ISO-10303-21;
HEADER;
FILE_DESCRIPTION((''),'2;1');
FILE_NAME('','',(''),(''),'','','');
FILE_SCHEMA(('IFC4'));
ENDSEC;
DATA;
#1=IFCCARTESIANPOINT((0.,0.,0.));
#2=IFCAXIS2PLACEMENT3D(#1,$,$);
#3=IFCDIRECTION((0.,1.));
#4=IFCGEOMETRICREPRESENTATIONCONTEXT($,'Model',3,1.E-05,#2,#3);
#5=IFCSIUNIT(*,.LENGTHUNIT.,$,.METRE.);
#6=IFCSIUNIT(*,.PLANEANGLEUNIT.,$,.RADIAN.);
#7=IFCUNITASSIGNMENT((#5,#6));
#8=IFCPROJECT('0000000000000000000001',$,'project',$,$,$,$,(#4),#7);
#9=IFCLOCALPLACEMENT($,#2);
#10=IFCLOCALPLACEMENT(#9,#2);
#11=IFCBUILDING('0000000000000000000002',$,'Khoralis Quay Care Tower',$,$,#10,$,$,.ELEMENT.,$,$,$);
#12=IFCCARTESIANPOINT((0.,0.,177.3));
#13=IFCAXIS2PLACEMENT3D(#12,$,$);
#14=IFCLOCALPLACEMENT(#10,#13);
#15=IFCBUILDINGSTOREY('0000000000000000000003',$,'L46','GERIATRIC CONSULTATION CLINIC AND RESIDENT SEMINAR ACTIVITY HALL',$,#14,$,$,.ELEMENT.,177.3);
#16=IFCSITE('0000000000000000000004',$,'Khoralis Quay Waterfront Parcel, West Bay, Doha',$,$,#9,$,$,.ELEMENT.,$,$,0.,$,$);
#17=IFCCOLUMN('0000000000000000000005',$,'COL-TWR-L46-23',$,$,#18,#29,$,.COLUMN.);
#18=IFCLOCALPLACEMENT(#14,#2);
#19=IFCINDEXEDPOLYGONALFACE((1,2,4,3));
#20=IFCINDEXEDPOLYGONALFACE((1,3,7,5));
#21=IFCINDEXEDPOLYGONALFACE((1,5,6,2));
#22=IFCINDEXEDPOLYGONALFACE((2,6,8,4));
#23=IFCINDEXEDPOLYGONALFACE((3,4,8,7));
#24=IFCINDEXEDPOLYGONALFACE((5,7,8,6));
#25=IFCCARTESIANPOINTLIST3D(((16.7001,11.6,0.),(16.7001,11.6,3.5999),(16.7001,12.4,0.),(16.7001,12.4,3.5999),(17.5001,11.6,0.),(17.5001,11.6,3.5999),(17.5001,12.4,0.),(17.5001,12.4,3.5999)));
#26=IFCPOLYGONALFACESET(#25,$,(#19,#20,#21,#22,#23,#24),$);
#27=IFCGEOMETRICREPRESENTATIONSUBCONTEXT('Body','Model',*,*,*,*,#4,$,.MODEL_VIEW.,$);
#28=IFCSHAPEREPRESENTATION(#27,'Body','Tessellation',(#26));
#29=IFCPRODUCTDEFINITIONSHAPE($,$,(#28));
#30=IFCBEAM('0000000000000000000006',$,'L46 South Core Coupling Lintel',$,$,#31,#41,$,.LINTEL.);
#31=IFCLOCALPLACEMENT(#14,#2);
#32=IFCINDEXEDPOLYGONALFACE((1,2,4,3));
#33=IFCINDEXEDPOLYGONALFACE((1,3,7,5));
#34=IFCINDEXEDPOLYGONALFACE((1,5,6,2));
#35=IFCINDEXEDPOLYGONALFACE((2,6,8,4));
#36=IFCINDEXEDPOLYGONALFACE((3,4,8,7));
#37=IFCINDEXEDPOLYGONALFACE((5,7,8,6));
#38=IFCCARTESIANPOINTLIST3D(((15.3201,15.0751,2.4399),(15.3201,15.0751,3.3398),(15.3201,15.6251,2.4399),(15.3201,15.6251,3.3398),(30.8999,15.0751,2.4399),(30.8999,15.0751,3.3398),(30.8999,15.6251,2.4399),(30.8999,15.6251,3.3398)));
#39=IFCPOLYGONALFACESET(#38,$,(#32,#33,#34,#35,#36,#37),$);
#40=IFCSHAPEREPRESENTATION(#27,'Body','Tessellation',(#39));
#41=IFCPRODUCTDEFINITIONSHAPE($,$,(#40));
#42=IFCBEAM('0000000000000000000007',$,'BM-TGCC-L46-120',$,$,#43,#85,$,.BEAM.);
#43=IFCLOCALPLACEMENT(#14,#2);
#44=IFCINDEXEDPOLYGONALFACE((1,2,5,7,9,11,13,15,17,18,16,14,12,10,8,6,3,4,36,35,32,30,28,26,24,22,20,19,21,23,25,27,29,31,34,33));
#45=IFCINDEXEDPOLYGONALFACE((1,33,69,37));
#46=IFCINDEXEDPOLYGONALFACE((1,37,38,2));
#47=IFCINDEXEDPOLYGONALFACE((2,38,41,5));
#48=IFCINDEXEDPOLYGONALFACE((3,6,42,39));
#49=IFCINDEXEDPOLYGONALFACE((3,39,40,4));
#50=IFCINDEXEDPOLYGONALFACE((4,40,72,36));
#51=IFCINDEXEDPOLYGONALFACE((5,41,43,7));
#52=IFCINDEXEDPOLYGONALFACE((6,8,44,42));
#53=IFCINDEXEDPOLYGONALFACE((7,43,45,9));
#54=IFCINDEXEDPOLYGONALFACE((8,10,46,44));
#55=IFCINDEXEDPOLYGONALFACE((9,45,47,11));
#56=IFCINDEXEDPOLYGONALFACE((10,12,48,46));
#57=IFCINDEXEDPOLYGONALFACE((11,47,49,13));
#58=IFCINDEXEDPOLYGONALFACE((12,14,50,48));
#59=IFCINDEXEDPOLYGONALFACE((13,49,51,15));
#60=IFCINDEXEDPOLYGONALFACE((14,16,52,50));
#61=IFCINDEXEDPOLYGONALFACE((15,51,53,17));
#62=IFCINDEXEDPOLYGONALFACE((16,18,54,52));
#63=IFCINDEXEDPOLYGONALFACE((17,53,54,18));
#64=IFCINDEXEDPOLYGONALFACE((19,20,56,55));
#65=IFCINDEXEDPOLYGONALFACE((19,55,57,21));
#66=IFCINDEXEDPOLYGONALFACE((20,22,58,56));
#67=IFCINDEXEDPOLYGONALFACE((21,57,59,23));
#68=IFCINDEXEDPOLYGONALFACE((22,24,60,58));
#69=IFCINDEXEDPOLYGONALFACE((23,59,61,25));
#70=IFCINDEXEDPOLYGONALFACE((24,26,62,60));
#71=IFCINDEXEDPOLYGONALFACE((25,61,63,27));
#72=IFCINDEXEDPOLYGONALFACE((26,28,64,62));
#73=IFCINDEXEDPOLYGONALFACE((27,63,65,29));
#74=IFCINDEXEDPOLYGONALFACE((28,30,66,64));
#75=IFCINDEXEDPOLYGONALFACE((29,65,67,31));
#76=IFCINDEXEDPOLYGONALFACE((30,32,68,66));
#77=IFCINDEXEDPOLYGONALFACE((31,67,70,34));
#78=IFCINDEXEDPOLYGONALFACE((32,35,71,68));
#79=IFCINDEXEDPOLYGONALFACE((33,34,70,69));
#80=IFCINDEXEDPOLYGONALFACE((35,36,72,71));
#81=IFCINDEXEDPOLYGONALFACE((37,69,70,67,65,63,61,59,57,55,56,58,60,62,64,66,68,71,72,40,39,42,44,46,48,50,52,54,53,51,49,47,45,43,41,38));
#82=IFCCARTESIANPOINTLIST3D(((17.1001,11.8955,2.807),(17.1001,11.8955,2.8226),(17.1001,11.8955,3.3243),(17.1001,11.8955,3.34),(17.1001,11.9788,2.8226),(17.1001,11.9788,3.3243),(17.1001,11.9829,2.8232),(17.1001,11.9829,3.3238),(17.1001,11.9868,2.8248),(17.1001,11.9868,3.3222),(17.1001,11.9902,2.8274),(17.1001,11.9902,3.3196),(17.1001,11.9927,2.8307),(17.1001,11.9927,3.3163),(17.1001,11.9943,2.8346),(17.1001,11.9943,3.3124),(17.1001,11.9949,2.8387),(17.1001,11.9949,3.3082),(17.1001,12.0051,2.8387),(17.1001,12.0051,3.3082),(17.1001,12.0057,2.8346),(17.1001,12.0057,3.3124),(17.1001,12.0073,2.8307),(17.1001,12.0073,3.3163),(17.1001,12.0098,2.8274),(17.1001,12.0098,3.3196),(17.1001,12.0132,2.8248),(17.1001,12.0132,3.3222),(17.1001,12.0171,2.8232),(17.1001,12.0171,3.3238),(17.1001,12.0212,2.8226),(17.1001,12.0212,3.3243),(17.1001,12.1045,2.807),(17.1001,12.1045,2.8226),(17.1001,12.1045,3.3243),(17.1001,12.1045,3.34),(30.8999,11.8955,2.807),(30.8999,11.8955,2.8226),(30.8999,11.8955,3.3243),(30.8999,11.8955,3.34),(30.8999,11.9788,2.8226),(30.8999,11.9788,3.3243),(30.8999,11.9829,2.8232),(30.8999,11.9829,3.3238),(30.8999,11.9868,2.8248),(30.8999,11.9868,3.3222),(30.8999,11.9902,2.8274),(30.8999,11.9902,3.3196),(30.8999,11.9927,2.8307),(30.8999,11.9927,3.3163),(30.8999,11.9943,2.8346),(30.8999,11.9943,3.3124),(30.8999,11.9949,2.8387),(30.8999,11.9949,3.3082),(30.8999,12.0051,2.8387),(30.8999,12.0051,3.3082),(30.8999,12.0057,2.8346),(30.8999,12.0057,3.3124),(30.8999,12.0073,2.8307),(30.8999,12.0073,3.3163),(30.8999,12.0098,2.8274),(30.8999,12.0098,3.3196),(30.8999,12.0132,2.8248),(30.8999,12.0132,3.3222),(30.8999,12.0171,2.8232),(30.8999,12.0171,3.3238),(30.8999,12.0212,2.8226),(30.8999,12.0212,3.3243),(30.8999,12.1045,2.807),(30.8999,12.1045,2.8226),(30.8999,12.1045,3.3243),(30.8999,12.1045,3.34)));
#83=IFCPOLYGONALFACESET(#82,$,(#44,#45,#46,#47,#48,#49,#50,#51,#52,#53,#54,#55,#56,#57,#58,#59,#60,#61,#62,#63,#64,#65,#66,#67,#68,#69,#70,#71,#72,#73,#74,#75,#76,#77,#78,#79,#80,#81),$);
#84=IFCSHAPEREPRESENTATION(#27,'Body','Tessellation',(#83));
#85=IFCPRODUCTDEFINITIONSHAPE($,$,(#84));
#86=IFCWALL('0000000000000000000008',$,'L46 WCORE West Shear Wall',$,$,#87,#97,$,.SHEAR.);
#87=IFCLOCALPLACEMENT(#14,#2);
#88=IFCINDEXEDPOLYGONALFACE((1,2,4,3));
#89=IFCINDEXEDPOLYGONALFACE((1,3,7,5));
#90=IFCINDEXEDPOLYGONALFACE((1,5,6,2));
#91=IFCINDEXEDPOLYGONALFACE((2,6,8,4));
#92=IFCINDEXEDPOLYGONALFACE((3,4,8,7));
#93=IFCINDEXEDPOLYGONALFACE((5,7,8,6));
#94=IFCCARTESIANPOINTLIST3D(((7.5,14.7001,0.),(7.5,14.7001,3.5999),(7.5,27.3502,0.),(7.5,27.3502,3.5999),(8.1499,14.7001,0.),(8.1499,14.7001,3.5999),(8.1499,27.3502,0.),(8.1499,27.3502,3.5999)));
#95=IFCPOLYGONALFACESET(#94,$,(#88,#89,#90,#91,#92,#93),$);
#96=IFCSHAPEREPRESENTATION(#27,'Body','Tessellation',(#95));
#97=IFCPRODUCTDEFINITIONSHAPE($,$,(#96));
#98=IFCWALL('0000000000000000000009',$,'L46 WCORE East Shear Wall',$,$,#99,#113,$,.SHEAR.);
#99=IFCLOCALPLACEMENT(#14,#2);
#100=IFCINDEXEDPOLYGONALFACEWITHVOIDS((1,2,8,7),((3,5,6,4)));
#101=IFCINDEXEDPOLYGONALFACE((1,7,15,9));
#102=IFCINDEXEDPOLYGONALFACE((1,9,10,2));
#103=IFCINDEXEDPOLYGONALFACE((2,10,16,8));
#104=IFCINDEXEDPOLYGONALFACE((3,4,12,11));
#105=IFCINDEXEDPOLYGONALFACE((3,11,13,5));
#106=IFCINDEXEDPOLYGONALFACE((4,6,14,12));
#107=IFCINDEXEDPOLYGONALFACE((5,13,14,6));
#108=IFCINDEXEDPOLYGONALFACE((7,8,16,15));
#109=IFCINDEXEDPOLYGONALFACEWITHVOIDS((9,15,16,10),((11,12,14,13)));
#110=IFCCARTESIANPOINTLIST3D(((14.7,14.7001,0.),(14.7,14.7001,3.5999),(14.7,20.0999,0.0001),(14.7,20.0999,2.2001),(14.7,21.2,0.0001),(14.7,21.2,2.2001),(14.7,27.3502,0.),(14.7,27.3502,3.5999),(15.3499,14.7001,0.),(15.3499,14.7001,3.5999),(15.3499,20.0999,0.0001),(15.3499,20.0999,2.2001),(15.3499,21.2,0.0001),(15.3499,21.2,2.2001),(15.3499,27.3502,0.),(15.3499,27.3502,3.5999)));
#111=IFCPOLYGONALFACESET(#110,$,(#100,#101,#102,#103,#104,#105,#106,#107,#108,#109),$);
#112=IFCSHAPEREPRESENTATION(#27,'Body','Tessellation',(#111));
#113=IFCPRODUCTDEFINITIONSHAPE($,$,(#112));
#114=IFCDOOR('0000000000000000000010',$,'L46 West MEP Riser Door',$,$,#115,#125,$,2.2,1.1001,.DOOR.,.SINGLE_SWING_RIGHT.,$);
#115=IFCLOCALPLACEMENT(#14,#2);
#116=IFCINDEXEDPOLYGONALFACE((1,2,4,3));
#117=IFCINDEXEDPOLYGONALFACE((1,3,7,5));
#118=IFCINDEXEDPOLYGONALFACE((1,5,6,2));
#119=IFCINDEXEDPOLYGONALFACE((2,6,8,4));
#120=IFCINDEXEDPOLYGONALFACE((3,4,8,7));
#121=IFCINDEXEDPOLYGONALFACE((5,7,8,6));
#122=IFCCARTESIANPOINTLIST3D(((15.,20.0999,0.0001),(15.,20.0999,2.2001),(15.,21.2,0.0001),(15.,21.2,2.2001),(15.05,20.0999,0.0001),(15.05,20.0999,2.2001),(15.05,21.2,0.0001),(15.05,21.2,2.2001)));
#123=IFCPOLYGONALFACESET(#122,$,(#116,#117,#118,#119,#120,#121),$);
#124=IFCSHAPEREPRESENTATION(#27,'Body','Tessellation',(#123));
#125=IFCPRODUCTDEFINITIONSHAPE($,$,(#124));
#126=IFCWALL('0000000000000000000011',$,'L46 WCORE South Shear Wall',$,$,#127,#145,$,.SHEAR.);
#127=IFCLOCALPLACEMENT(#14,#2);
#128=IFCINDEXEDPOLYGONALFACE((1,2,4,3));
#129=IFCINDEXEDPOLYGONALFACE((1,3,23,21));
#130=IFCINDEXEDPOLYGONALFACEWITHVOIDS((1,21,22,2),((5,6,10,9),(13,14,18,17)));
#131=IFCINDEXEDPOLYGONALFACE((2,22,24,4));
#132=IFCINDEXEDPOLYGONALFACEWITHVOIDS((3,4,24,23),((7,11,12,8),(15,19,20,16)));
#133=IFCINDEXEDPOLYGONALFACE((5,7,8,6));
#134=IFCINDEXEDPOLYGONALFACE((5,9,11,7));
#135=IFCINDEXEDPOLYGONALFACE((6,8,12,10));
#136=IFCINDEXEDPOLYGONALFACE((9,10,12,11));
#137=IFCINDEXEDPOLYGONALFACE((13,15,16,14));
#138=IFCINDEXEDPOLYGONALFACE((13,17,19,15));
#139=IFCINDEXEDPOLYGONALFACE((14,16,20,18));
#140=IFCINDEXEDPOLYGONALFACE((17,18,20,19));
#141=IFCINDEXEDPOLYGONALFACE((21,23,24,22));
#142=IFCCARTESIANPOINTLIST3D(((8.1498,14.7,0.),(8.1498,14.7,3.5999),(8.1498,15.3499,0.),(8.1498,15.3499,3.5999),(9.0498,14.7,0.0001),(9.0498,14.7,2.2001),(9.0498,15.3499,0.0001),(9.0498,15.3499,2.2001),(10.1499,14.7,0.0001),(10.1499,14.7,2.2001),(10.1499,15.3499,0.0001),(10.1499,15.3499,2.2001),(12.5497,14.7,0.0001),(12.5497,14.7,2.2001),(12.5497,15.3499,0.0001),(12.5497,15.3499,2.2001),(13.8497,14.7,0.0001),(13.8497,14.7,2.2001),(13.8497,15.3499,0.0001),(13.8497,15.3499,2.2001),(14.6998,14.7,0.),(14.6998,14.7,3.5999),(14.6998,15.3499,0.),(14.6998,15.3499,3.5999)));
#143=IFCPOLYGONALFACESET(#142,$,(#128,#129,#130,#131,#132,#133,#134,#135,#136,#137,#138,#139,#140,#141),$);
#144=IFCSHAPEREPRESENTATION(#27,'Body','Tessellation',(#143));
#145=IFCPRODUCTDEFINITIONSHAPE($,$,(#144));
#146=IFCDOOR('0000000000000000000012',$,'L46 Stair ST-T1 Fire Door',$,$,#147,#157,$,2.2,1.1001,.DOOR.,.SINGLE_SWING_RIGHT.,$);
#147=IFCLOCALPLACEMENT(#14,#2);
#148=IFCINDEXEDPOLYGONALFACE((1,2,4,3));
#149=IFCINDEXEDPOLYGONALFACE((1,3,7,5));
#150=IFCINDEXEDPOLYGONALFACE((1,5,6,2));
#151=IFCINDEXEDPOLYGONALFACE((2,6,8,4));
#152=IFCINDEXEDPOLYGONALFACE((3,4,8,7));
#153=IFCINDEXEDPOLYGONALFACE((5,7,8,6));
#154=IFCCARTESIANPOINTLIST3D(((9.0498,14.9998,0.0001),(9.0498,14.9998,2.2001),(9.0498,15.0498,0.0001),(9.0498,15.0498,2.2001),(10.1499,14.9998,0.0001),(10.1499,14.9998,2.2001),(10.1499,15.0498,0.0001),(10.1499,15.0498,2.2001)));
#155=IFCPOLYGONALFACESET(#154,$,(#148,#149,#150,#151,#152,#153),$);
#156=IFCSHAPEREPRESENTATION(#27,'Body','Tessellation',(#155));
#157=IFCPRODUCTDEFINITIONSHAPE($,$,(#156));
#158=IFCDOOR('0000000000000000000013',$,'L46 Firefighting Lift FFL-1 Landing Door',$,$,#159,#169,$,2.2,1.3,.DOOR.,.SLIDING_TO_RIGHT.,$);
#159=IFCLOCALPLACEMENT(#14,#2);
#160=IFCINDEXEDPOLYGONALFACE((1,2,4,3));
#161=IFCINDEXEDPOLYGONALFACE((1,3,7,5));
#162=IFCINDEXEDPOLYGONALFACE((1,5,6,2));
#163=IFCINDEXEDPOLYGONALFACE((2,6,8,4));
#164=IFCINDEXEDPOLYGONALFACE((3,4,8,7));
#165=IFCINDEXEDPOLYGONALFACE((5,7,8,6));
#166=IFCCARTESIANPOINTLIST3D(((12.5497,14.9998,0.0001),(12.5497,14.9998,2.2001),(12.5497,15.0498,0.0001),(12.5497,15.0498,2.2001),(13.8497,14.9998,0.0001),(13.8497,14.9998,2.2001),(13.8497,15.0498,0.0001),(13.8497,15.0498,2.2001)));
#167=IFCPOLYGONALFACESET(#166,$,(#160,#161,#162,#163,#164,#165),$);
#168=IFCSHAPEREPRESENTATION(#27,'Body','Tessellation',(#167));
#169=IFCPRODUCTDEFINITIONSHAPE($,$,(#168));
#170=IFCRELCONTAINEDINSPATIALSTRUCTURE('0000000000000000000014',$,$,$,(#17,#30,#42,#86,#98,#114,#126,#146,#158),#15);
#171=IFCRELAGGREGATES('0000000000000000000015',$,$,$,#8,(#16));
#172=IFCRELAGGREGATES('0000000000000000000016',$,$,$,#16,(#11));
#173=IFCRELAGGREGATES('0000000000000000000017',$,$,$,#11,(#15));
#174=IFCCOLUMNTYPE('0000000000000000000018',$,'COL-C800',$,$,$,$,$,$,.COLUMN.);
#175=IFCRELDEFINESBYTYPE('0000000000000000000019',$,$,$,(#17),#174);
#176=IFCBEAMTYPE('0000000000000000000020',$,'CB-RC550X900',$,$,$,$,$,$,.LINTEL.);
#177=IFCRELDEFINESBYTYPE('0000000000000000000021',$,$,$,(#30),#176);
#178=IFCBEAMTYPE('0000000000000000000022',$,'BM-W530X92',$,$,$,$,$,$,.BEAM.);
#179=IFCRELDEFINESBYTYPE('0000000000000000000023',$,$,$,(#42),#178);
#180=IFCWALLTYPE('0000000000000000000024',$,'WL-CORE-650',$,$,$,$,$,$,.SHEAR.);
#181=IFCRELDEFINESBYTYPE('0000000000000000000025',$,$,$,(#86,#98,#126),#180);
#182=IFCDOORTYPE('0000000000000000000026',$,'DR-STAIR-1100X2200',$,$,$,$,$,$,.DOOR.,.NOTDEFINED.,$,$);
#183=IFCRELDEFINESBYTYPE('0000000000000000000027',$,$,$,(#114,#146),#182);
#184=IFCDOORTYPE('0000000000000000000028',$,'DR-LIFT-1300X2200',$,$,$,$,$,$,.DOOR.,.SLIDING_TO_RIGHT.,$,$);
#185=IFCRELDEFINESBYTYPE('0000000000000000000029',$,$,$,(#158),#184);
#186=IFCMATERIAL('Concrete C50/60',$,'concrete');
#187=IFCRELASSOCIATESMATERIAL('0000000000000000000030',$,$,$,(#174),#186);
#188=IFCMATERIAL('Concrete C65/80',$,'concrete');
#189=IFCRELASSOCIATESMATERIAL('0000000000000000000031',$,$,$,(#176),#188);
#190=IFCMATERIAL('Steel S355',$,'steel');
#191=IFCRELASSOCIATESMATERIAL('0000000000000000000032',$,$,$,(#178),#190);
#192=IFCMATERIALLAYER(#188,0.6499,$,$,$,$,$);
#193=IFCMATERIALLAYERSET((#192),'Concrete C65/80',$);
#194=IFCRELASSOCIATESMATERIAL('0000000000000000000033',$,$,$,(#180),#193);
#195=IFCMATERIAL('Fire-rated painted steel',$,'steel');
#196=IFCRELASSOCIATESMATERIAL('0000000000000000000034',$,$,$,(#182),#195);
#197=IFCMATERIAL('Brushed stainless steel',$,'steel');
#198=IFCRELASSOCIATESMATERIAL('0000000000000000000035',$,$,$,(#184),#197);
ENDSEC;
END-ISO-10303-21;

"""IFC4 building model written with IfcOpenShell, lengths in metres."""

from ifc_helpers import new_model, si_unit, direction, frame, frame_2d, origin, origin_2d, place, context, subcontext, project, spatial, rectangle, i_section, extrude, source, transform, mapped, material, layer, layer_set, material_profile, profile_set, type_object, element, fill, save


model = new_model("IFC4")

# Units and contexts
model_context = context("Model", 3, precision=1e-05, world=origin(), true_north=direction((0.0, 1.0)))
body_context = subcontext(model_context, "Body", "Model", "MODEL_VIEW")
ifc_project = project(units=[si_unit("LENGTHUNIT", "METRE"), si_unit("PLANEANGLEUNIT", "RADIAN")], contexts=[model_context])

# Site, building, storey
site_placement = place(None, origin())
site = spatial("IfcSite", under=ifc_project, at=site_placement, Name="Khoralis Quay Waterfront Parcel, West Bay, Doha", CompositionType="ELEMENT", RefElevation=0.0)
building_placement = place(site_placement, origin())
building = spatial("IfcBuilding", under=site, at=building_placement, Name="Khoralis Quay Care Tower", CompositionType="ELEMENT")
storey_placement = place(building_placement, frame((0.0, 0.0, 177.3)))
storey = spatial("IfcBuildingStorey", under=building, at=storey_placement, Name="L46", Description="GERIATRIC CONSULTATION CLINIC AND RESIDENT SEMINAR ACTIVITY HALL", CompositionType="ELEMENT", Elevation=177.3)

# Column
ifc_material_1 = material(Name="Concrete C50/60", Category="concrete")
ifc_material_profile_1 = material_profile(ifc_material_1, rectangle(XDim=0.8, YDim=0.8, at=origin_2d()), Name="Concrete C50/60")
ifc_profile_set_1 = profile_set([ifc_material_profile_1], Name="Concrete C50/60")
column_type = type_object("IfcColumnType", Name="COL-C800", PredefinedType="COLUMN", material=ifc_profile_set_1)
shared_shape_1 = source(origin(), body_context, "Body", "SweptSolid", [
    extrude(rectangle(XDim=0.8, YDim=0.8, at=origin_2d()), origin(), (0.0, 0.0, 1.0), 3.5999),
])
column_placement = place(storey_placement, frame((17.1001, 12.0, 0.0), z_axis=(0.0, 0.0, 1.0), x_axis=(1.0, 0.0, 0.0)))
element("IfcColumn", 1, at=column_placement, inside=storey, type_object=column_type, Name="COL-TWR-L46-23", PredefinedType="COLUMN", context=body_context, shape_type="MappedRepresentation", body=[
    mapped(shared_shape_1, transform((0.0, 0.0, 0.0), scale=1.0)),
])

# Beams
ifc_material_2 = material(Name="Concrete C65/80", Category="concrete")
ifc_material_profile_2 = material_profile(ifc_material_2, rectangle(XDim=0.55, YDim=0.8999, at=origin_2d()), Name="Concrete C65/80")
ifc_profile_set_2 = profile_set([ifc_material_profile_2], Name="Concrete C65/80")
beam_type_1 = type_object("IfcBeamType", Name="CB-RC550X900", PredefinedType="LINTEL", material=ifc_profile_set_2)
shared_shape_2 = source(origin(), body_context, "Body", "SweptSolid", [
    extrude(rectangle(XDim=0.55, YDim=0.8999, at=origin_2d()), origin(), (0.0, 0.0, 1.0), 15.5798),
])
beam_1_placement = place(storey_placement, frame((15.3201, 15.3501, 2.8899), z_axis=(1.0, 0.0, 0.0), x_axis=(0.0, 1.0, 0.0)))
element("IfcBeam", 2, at=beam_1_placement, inside=storey, type_object=beam_type_1, Name="L46 South Core Coupling Lintel", PredefinedType="LINTEL", context=body_context, shape_type="MappedRepresentation", body=[
    mapped(shared_shape_2, transform((0.0, 0.0, 0.0), scale=1.0)),
])
ifc_material_3 = material(Name="Steel S355", Category="steel")
ifc_material_profile_3 = material_profile(ifc_material_3, i_section(OverallWidth=0.209, OverallDepth=0.533, WebThickness=0.0103, FlangeThickness=0.0156, FilletRadius=0.0161, at=origin_2d()), Name="Steel S355")
ifc_profile_set_3 = profile_set([ifc_material_profile_3], Name="Steel S355")
beam_type_2 = type_object("IfcBeamType", Name="BM-W530X92", PredefinedType="BEAM", material=ifc_profile_set_3)
shared_shape_3 = source(origin(), body_context, "Body", "SweptSolid", [
    extrude(i_section(OverallWidth=0.209, OverallDepth=0.533, WebThickness=0.0103, FlangeThickness=0.0156, FilletRadius=0.0161, at=origin_2d()), origin(), (0.0, 0.0, 1.0), 13.7998),
])
beam_2_placement = place(storey_placement, frame((17.1001, 12.0, 3.0735), z_axis=(1.0, 0.0, 0.0), x_axis=(0.0, 1.0, 0.0)))
element("IfcBeam", 3, at=beam_2_placement, inside=storey, type_object=beam_type_2, Name="BM-TGCC-L46-120", PredefinedType="BEAM", context=body_context, shape_type="MappedRepresentation", body=[
    mapped(shared_shape_3, transform((0.0, 0.0, 0.0), scale=1.0)),
])

# Wall
ifc_layer_1 = layer(ifc_material_2, 0.6499)
ifc_layer_set_1 = layer_set([ifc_layer_1], Name="Concrete C65/80")
wall_type_1 = type_object("IfcWallType", Name="WL-CORE-650", PredefinedType="SHEAR", material=ifc_layer_set_1)
wall_1_placement = place(storey_placement, frame((7.825, 14.7, 0.0), z_axis=(0.0, 0.0, 1.0), x_axis=(0.0, 1.0, 0.0)))
element("IfcWall", 4, at=wall_1_placement, inside=storey, type_object=wall_type_1, Name="L46 WCORE West Shear Wall", PredefinedType="SHEAR", context=body_context, shape_type="SweptSolid", body=[
    extrude(rectangle(XDim=12.6501, YDim=0.6499, at=frame_2d((6.3252, 0.0))), origin(), (0.0, 0.0, 1.0), 3.5999),
])

# Wall, opening, door
wall_2_placement = place(storey_placement, frame((15.0249, 14.7, 0.0), z_axis=(0.0, 0.0, 1.0), x_axis=(0.0, 1.0, 0.0)))
wall_2 = element("IfcWall", 5, at=wall_2_placement, inside=storey, type_object=wall_type_1, Name="L46 WCORE East Shear Wall", PredefinedType="SHEAR", context=body_context, shape_type="SweptSolid", body=[
    extrude(rectangle(XDim=12.6501, YDim=0.6499, at=frame_2d((6.3252, 0.0))), origin(), (0.0, 0.0, 1.0), 3.5999),
])
opening_1_placement = place(wall_2_placement, frame((5.3999, 0.0, 0.0)))
opening_1 = element("IfcOpeningElement", 6, at=opening_1_placement, cuts=wall_2, PredefinedType="OPENING", context=body_context, shape_type="SweptSolid", body=[
    extrude(rectangle(XDim=1.1001, YDim=2.2, at=frame_2d((0.55, 1.1001))), frame((0.0, 0.335, 0.0), z_axis=(0.0, -1.0, 0.0), x_axis=(1.0, 0.0, 0.0)), (0.0, 0.0, 1.0), 0.6699),
])
ifc_material_4 = material(Name="Fire-rated painted steel", Category="steel")
door_type_1 = type_object("IfcDoorType", Name="DR-STAIR-1100X2200", OperationType="NOTDEFINED", PredefinedType="DOOR", material=ifc_material_4)
shared_shape_4 = source(origin(), body_context, "Body", "SweptSolid", [
    extrude(rectangle(XDim=1.1001, YDim=2.2, at=frame_2d((0.55, 1.1001))), frame((0.0, 0.0249, 0.0), z_axis=(0.0, -1.0, 0.0), x_axis=(1.0, 0.0, 0.0)), (0.0, 0.0, 1.0), 0.05),
])
door_1_placement = place(opening_1_placement, origin())
door_1 = element("IfcDoor", 7, at=door_1_placement, inside=storey, type_object=door_type_1, Name="L46 West MEP Riser Door", OperationType="SINGLE_SWING_RIGHT", OverallHeight=2.2, OverallWidth=1.1001, PredefinedType="DOOR", context=body_context, shape_type="MappedRepresentation", body=[
    mapped(shared_shape_4, transform((0.0, 0.0, 0.0), scale=1.0)),
])
fill(opening_1, door_1)

# Wall, openings, doors
wall_3_placement = place(storey_placement, frame((8.1499, 15.0249, 0.0), z_axis=(0.0, 0.0, 1.0), x_axis=(1.0, 0.0, 0.0)))
wall_3 = element("IfcWall", 8, at=wall_3_placement, inside=storey, type_object=wall_type_1, Name="L46 WCORE South Shear Wall", PredefinedType="SHEAR", context=body_context, shape_type="SweptSolid", body=[
    extrude(rectangle(XDim=6.55, YDim=0.6499, at=frame_2d((3.2749, 0.0))), origin(), (0.0, 0.0, 1.0), 3.5999),
])
opening_2_placement = place(wall_3_placement, frame((0.8999, 0.0, 0.0)))
opening_2 = element("IfcOpeningElement", 9, at=opening_2_placement, cuts=wall_3, PredefinedType="OPENING", context=body_context, shape_type="SweptSolid", body=[
    extrude(rectangle(XDim=1.1001, YDim=2.2, at=frame_2d((0.55, 1.1001))), frame((0.0, 0.335, 0.0), z_axis=(0.0, -1.0, 0.0), x_axis=(1.0, 0.0, 0.0)), (0.0, 0.0, 1.0), 0.6699),
])
opening_3_placement = place(wall_3_placement, frame((4.3999, 0.0, 0.0)))
opening_3 = element("IfcOpeningElement", 10, at=opening_3_placement, cuts=wall_3, PredefinedType="OPENING", context=body_context, shape_type="SweptSolid", body=[
    extrude(rectangle(XDim=1.3, YDim=2.2, at=frame_2d((0.6499, 1.1001))), frame((0.0, 0.335, 0.0), z_axis=(0.0, -1.0, 0.0), x_axis=(1.0, 0.0, 0.0)), (0.0, 0.0, 1.0), 0.6699),
])
door_2_placement = place(opening_2_placement, origin())
door_2 = element("IfcDoor", 11, at=door_2_placement, inside=storey, type_object=door_type_1, Name="L46 Stair ST-T1 Fire Door", OperationType="SINGLE_SWING_RIGHT", OverallHeight=2.2, OverallWidth=1.1001, PredefinedType="DOOR", context=body_context, shape_type="MappedRepresentation", body=[
    mapped(shared_shape_4, transform((0.0, 0.0, 0.0), scale=1.0)),
])
fill(opening_2, door_2)
ifc_material_5 = material(Name="Brushed stainless steel", Category="steel")
door_type_2 = type_object("IfcDoorType", Name="DR-LIFT-1300X2200", OperationType="SLIDING_TO_RIGHT", PredefinedType="DOOR", material=ifc_material_5)
shared_shape_5 = source(origin(), body_context, "Body", "SweptSolid", [
    extrude(rectangle(XDim=1.3, YDim=2.2, at=frame_2d((0.6499, 1.1001))), frame((0.0, 0.0249, 0.0), z_axis=(0.0, -1.0, 0.0), x_axis=(1.0, 0.0, 0.0)), (0.0, 0.0, 1.0), 0.05),
])
door_3_placement = place(opening_3_placement, origin())
door_3 = element("IfcDoor", 12, at=door_3_placement, inside=storey, type_object=door_type_2, Name="L46 Firefighting Lift FFL-1 Landing Door", OperationType="SLIDING_TO_RIGHT", OverallHeight=2.2, OverallWidth=1.3, PredefinedType="DOOR", context=body_context, shape_type="MappedRepresentation", body=[
    mapped(shared_shape_5, transform((0.0, 0.0, 0.0), scale=1.0)),
])
fill(opening_3, door_3)

save(model, "model.ifc")
